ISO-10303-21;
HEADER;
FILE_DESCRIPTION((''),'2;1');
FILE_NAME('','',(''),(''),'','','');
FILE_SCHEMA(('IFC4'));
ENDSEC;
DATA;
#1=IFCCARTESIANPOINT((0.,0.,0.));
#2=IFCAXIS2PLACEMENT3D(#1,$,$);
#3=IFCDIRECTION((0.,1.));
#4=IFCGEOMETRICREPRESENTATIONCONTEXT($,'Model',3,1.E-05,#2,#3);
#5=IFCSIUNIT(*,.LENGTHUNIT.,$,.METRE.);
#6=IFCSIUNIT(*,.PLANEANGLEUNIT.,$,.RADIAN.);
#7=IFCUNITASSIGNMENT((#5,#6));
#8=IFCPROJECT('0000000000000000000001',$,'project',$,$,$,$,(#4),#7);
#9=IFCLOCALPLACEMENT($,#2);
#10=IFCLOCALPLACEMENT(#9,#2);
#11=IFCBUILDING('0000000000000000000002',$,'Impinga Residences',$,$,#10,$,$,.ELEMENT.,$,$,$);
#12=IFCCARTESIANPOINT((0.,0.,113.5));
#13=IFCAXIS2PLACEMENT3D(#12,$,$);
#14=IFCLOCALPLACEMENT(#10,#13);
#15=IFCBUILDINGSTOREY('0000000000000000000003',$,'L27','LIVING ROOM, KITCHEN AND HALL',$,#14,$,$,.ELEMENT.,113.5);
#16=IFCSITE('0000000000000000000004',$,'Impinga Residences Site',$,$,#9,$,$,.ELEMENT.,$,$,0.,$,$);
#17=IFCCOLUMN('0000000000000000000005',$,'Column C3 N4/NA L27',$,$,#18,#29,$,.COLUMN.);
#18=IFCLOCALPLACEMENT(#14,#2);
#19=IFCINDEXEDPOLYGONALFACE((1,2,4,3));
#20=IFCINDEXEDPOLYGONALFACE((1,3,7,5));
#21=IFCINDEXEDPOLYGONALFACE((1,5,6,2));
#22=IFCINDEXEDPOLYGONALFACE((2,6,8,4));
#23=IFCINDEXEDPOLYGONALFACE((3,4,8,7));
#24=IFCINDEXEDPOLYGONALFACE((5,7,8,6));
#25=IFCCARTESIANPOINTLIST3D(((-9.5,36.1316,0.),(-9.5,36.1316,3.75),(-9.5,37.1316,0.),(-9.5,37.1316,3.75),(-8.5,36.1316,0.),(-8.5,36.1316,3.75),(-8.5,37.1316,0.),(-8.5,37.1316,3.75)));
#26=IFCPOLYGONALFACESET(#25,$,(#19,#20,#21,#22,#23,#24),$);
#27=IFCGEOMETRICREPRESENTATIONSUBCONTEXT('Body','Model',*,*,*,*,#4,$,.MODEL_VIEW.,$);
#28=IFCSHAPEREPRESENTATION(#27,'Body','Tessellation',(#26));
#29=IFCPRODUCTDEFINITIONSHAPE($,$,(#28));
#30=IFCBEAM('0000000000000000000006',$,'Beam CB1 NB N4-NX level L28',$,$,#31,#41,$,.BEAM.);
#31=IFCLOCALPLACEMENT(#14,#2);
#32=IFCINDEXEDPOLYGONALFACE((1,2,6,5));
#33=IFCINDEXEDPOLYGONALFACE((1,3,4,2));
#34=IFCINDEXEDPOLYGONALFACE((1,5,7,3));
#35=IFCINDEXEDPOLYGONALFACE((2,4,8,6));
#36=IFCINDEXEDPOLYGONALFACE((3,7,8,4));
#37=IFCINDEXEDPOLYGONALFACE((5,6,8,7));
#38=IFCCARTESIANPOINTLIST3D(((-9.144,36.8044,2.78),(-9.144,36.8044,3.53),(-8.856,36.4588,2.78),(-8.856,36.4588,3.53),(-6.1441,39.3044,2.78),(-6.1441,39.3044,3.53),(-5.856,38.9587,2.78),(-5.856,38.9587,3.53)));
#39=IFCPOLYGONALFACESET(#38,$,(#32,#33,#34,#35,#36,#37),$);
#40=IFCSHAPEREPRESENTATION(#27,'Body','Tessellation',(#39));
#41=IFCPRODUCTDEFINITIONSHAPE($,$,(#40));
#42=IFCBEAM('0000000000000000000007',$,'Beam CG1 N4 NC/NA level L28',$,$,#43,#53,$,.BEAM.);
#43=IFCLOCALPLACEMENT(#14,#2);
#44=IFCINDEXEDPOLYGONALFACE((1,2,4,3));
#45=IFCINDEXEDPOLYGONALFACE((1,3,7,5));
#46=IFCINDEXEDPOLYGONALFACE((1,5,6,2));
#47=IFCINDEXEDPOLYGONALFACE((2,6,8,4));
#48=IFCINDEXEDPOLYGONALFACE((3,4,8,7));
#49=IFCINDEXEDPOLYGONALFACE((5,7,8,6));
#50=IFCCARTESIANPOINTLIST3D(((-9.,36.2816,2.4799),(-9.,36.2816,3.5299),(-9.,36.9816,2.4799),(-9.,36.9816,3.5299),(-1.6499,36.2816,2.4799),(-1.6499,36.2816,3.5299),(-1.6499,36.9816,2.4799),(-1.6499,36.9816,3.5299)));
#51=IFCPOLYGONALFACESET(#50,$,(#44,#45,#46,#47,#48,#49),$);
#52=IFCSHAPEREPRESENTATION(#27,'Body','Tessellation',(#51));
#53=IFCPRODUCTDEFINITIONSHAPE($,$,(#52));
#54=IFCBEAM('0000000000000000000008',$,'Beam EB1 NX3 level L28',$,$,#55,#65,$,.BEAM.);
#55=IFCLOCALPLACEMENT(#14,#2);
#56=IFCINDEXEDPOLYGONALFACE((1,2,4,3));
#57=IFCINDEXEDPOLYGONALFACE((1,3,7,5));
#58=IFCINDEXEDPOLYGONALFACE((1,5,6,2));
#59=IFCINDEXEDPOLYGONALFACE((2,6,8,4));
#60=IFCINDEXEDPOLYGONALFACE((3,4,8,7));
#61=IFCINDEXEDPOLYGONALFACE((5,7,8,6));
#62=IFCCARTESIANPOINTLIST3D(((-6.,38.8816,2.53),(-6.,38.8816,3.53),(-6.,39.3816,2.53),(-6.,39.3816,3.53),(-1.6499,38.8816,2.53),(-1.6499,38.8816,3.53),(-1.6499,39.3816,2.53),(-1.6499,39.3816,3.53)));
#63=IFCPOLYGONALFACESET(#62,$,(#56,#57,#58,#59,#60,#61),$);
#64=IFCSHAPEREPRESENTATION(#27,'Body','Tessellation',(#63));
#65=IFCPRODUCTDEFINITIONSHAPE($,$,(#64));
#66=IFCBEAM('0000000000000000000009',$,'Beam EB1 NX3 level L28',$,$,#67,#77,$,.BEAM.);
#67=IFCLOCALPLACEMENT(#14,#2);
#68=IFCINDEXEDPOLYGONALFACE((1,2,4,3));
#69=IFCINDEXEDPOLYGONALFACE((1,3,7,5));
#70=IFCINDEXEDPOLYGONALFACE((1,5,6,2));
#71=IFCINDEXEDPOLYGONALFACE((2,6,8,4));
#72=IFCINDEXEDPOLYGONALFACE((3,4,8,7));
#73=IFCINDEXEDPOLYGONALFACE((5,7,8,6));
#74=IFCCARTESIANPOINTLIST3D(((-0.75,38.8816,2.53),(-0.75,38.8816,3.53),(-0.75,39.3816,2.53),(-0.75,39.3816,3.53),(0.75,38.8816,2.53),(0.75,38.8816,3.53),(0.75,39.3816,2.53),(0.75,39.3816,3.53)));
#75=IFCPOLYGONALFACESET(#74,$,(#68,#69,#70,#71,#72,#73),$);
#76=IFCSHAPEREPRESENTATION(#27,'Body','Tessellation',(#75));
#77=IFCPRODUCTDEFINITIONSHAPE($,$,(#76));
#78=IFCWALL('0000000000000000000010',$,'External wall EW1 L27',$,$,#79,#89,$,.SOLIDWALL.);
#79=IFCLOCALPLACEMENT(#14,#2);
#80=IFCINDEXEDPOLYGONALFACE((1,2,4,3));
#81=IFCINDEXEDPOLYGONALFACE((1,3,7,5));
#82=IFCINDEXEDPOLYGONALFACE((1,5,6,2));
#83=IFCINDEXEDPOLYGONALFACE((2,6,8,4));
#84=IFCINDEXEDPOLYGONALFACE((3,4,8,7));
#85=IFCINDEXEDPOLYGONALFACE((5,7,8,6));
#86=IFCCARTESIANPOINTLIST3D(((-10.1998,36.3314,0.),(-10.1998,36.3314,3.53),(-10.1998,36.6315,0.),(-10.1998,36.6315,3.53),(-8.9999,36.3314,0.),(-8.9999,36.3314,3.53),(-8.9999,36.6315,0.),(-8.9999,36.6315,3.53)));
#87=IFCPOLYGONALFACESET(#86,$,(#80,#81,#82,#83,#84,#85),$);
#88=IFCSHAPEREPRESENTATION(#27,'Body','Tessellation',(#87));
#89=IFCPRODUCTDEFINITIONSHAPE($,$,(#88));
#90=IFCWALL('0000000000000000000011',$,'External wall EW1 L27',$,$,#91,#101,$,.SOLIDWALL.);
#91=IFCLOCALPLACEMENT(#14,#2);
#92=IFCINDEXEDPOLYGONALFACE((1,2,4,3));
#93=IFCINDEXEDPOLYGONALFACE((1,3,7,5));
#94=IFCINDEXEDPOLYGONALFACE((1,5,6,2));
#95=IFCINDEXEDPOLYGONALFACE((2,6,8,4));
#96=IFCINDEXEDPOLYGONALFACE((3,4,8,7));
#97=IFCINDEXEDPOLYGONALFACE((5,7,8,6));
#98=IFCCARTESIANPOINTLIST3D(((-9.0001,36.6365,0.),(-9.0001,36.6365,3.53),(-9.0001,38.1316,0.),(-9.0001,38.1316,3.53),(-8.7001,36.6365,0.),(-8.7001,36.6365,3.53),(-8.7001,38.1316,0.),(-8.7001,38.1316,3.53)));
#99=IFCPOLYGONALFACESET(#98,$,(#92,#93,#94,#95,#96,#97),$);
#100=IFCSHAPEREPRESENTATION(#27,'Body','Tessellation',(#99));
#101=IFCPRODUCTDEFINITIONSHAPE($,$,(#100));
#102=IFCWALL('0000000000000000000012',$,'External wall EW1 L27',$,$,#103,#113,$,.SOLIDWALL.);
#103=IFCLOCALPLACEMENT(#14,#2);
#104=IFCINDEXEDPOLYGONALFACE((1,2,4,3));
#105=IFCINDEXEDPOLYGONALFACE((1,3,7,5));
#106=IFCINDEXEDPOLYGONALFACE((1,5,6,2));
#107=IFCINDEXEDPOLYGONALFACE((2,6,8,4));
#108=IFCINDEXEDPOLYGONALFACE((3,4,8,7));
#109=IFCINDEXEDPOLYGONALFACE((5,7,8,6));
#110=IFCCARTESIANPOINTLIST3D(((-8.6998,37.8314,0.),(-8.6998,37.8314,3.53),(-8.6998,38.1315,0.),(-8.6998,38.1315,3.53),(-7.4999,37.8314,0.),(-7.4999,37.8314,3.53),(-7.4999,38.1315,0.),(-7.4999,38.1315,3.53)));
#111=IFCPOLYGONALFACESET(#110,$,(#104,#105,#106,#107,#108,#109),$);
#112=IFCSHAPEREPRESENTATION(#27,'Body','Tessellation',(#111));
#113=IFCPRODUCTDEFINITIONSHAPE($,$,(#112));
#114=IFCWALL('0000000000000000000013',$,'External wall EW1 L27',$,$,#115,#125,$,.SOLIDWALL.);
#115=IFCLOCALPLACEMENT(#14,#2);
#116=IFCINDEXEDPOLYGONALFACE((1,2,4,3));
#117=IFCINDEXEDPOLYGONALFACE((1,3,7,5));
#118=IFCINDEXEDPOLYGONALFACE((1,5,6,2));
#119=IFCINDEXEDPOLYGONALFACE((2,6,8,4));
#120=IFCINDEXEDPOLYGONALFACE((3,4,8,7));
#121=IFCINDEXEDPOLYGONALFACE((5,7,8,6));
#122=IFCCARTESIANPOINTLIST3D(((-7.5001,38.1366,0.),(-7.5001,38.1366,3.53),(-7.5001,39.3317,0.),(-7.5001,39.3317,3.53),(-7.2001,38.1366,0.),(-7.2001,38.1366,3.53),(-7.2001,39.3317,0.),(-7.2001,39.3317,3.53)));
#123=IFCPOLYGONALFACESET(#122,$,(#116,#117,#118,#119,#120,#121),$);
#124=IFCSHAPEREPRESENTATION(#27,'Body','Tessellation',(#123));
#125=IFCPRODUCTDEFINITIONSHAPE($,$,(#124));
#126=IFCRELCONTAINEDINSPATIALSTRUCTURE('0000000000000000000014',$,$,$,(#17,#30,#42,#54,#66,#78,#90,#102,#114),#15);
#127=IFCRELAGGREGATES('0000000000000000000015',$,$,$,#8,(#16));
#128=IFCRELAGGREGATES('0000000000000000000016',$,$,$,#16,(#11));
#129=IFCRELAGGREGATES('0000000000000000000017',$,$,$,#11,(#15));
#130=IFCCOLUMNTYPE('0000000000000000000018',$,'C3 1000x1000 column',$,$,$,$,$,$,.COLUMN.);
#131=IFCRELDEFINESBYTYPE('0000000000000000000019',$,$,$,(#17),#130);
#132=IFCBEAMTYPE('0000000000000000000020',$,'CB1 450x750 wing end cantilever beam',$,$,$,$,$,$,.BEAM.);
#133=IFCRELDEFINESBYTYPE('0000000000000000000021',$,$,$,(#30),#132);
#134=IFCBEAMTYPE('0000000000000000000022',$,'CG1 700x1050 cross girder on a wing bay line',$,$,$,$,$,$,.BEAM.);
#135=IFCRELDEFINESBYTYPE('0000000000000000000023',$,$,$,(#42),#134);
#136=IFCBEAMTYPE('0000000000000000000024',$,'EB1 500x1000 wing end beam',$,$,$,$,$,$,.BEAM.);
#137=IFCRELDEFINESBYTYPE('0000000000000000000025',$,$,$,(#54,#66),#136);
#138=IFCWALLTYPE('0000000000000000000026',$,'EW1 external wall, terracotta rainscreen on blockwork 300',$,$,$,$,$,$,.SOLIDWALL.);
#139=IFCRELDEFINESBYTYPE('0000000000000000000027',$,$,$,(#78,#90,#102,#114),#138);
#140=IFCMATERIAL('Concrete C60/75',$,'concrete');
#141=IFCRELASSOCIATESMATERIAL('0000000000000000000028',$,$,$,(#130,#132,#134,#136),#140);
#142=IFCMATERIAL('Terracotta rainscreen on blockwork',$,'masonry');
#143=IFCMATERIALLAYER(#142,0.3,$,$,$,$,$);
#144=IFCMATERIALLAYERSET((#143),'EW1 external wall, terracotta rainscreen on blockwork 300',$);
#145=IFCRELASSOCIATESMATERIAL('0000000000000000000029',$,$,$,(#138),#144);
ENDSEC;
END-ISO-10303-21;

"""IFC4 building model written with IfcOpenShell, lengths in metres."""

from ifc_helpers import new_model, si_unit, direction, frame, frame_2d, origin, origin_2d, place, context, subcontext, project, spatial, rectangle, extrude, material, layer, layer_set, material_profile, profile_set, type_object, element, save


model = new_model("IFC4")

# Units and contexts
model_context = context("Model", 3, precision=1e-05, world=origin(), true_north=direction((0.0, 1.0)))
body_context = subcontext(model_context, "Body", "Model", "MODEL_VIEW")
ifc_project = project(units=[si_unit("LENGTHUNIT", "METRE"), si_unit("PLANEANGLEUNIT", "RADIAN")], contexts=[model_context])

# Site, building, storey
site_placement = place(None, origin())
site = spatial("IfcSite", under=ifc_project, at=site_placement, Name="Impinga Residences Site", CompositionType="ELEMENT", RefElevation=0.0)
building_placement = place(site_placement, origin())
building = spatial("IfcBuilding", under=site, at=building_placement, Name="Impinga Residences", CompositionType="ELEMENT")
storey_placement = place(building_placement, frame((0.0, 0.0, 113.5)))
storey = spatial("IfcBuildingStorey", under=building, at=storey_placement, Name="L27", Description="LIVING ROOM, KITCHEN AND HALL", CompositionType="ELEMENT", Elevation=113.5)

# Column
ifc_material_1 = material(Name="Concrete C60/75", Category="concrete")
ifc_material_profile_1 = material_profile(ifc_material_1, rectangle(XDim=1.0, YDim=1.0, at=origin_2d()), Name="RC 1000x1000")
ifc_profile_set_1 = profile_set([ifc_material_profile_1], Name="Concrete C60/75")
column_type = type_object("IfcColumnType", Name="C3 1000x1000 column", PredefinedType="COLUMN", material=ifc_profile_set_1)
column_placement = place(storey_placement, frame((-9.0, 36.6316, 0.0), z_axis=(0.0, 0.0, 1.0), x_axis=(1.0, 0.0, 0.0)))
element("IfcColumn", 1, at=column_placement, inside=storey, type_object=column_type, Name="Column C3 N4/NA L27", PredefinedType="COLUMN", context=body_context, shape_type="SweptSolid", body=[
    extrude(rectangle(XDim=1.0, YDim=1.0, at=origin_2d()), origin(), (0.0, 0.0, 1.0), 3.75),
])

# Beams
ifc_material_profile_2 = material_profile(ifc_material_1, rectangle(XDim=0.45, YDim=0.75, at=origin_2d()), Name="RC 450x750")
ifc_profile_set_2 = profile_set([ifc_material_profile_2], Name="Concrete C60/75")
beam_type_1 = type_object("IfcBeamType", Name="CB1 450x750 wing end cantilever beam", PredefinedType="BEAM", material=ifc_profile_set_2)
beam_1_placement = place(storey_placement, frame((-9.0, 36.6316, 3.155), z_axis=(0.768221, 0.640184, 0.0), x_axis=(-0.640184, 0.768221, 0.0)))
element("IfcBeam", 2, at=beam_1_placement, inside=storey, type_object=beam_type_1, Name="Beam CB1 NB N4-NX level L28", PredefinedType="BEAM", context=body_context, shape_type="SweptSolid", body=[
    extrude(rectangle(XDim=0.45, YDim=0.75, at=origin_2d()), origin(), (0.0, 0.0, 1.0), 3.905),
])
ifc_material_profile_3 = material_profile(ifc_material_1, rectangle(XDim=0.7, YDim=1.05, at=origin_2d()), Name="RC 700x1050")
ifc_profile_set_3 = profile_set([ifc_material_profile_3], Name="Concrete C60/75")
beam_type_2 = type_object("IfcBeamType", Name="CG1 700x1050 cross girder on a wing bay line", PredefinedType="BEAM", material=ifc_profile_set_3)
beam_2_placement = place(storey_placement, frame((-1.6499, 36.6316, 3.0049), z_axis=(-1.0, 0.0, 0.0), x_axis=(0.0, -1.0, 0.0)))
element("IfcBeam", 3, at=beam_2_placement, inside=storey, type_object=beam_type_2, Name="Beam CG1 N4 NC/NA level L28", PredefinedType="BEAM", context=body_context, shape_type="SweptSolid", body=[
    extrude(rectangle(XDim=0.7, YDim=1.05, at=origin_2d()), origin(), (0.0, 0.0, 1.0), 7.3501),
])
ifc_material_profile_4 = material_profile(ifc_material_1, rectangle(XDim=0.5, YDim=1.0, at=origin_2d()), Name="RC 500x1000")
ifc_profile_set_4 = profile_set([ifc_material_profile_4], Name="Concrete C60/75")
beam_type_3 = type_object("IfcBeamType", Name="EB1 500x1000 wing end beam", PredefinedType="BEAM", material=ifc_profile_set_4)
beam_3_placement = place(storey_placement, frame((-6.0, 39.1316, 3.03), z_axis=(1.0, 0.0, 0.0), x_axis=(0.0, 1.0, 0.0)))
element("IfcBeam", 4, at=beam_3_placement, inside=storey, type_object=beam_type_3, Name="Beam EB1 NX3 level L28", PredefinedType="BEAM", context=body_context, shape_type="SweptSolid", body=[
    extrude(rectangle(XDim=0.5, YDim=1.0, at=origin_2d()), origin(), (0.0, 0.0, 1.0), 4.3501),
])
beam_4_placement = place(storey_placement, frame((-0.75, 39.1316, 3.03), z_axis=(1.0, 0.0, 0.0), x_axis=(0.0, 1.0, 0.0)))
element("IfcBeam", 5, at=beam_4_placement, inside=storey, type_object=beam_type_3, Name="Beam EB1 NX3 level L28", PredefinedType="BEAM", context=body_context, shape_type="SweptSolid", body=[
    extrude(rectangle(XDim=0.5, YDim=1.0, at=origin_2d()), origin(), (0.0, 0.0, 1.0), 1.5),
])

# Walls
ifc_material_2 = material(Name="Terracotta rainscreen on blockwork", Category="masonry")
ifc_layer_1 = layer(ifc_material_2, 0.3)
ifc_layer_set_1 = layer_set([ifc_layer_1], Name="EW1 external wall, terracotta rainscreen on blockwork 300")
wall_type_1 = type_object("IfcWallType", Name="EW1 external wall, terracotta rainscreen on blockwork 300", PredefinedType="SOLIDWALL", material=ifc_layer_set_1)
wall_1_placement = place(storey_placement, frame((-10.2, 36.4814, 0.0), z_axis=(0.0, 0.0, 1.0), x_axis=(1.0, 0.0, 0.0)))
element("IfcWall", 6, at=wall_1_placement, inside=storey, type_object=wall_type_1, Name="External wall EW1 L27", PredefinedType="SOLIDWALL", context=body_context, shape_type="SweptSolid", body=[
    extrude(rectangle(XDim=1.2, YDim=0.3, at=frame_2d((0.6001, 0.0))), origin(), (0.0, 0.0, 1.0), 3.53),
])
wall_2_placement = place(storey_placement, frame((-8.8501, 36.6365, 0.0), z_axis=(0.0, 0.0, 1.0), x_axis=(0.0, 1.0, 0.0)))
element("IfcWall", 7, at=wall_2_placement, inside=storey, type_object=wall_type_1, Name="External wall EW1 L27", PredefinedType="SOLIDWALL", context=body_context, shape_type="SweptSolid", body=[
    extrude(rectangle(XDim=1.4951, YDim=0.3, at=frame_2d((0.7476, 0.0))), origin(), (0.0, 0.0, 1.0), 3.53),
])
wall_3_placement = place(storey_placement, frame((-8.7, 37.9814, 0.0), z_axis=(0.0, 0.0, 1.0), x_axis=(1.0, 0.0, 0.0)))
element("IfcWall", 8, at=wall_3_placement, inside=storey, type_object=wall_type_1, Name="External wall EW1 L27", PredefinedType="SOLIDWALL", context=body_context, shape_type="SweptSolid", body=[
    extrude(rectangle(XDim=1.2, YDim=0.3, at=frame_2d((0.6001, 0.0))), origin(), (0.0, 0.0, 1.0), 3.53),
])
wall_4_placement = place(storey_placement, frame((-7.3501, 38.1365, 0.0), z_axis=(0.0, 0.0, 1.0), x_axis=(0.0, 1.0, 0.0)))
element("IfcWall", 9, at=wall_4_placement, inside=storey, type_object=wall_type_1, Name="External wall EW1 L27", PredefinedType="SOLIDWALL", context=body_context, shape_type="SweptSolid", body=[
    extrude(rectangle(XDim=1.1951, YDim=0.3, at=frame_2d((0.5977, 0.0))), origin(), (0.0, 0.0, 1.0), 3.53),
])

save(model, "model.ifc")
